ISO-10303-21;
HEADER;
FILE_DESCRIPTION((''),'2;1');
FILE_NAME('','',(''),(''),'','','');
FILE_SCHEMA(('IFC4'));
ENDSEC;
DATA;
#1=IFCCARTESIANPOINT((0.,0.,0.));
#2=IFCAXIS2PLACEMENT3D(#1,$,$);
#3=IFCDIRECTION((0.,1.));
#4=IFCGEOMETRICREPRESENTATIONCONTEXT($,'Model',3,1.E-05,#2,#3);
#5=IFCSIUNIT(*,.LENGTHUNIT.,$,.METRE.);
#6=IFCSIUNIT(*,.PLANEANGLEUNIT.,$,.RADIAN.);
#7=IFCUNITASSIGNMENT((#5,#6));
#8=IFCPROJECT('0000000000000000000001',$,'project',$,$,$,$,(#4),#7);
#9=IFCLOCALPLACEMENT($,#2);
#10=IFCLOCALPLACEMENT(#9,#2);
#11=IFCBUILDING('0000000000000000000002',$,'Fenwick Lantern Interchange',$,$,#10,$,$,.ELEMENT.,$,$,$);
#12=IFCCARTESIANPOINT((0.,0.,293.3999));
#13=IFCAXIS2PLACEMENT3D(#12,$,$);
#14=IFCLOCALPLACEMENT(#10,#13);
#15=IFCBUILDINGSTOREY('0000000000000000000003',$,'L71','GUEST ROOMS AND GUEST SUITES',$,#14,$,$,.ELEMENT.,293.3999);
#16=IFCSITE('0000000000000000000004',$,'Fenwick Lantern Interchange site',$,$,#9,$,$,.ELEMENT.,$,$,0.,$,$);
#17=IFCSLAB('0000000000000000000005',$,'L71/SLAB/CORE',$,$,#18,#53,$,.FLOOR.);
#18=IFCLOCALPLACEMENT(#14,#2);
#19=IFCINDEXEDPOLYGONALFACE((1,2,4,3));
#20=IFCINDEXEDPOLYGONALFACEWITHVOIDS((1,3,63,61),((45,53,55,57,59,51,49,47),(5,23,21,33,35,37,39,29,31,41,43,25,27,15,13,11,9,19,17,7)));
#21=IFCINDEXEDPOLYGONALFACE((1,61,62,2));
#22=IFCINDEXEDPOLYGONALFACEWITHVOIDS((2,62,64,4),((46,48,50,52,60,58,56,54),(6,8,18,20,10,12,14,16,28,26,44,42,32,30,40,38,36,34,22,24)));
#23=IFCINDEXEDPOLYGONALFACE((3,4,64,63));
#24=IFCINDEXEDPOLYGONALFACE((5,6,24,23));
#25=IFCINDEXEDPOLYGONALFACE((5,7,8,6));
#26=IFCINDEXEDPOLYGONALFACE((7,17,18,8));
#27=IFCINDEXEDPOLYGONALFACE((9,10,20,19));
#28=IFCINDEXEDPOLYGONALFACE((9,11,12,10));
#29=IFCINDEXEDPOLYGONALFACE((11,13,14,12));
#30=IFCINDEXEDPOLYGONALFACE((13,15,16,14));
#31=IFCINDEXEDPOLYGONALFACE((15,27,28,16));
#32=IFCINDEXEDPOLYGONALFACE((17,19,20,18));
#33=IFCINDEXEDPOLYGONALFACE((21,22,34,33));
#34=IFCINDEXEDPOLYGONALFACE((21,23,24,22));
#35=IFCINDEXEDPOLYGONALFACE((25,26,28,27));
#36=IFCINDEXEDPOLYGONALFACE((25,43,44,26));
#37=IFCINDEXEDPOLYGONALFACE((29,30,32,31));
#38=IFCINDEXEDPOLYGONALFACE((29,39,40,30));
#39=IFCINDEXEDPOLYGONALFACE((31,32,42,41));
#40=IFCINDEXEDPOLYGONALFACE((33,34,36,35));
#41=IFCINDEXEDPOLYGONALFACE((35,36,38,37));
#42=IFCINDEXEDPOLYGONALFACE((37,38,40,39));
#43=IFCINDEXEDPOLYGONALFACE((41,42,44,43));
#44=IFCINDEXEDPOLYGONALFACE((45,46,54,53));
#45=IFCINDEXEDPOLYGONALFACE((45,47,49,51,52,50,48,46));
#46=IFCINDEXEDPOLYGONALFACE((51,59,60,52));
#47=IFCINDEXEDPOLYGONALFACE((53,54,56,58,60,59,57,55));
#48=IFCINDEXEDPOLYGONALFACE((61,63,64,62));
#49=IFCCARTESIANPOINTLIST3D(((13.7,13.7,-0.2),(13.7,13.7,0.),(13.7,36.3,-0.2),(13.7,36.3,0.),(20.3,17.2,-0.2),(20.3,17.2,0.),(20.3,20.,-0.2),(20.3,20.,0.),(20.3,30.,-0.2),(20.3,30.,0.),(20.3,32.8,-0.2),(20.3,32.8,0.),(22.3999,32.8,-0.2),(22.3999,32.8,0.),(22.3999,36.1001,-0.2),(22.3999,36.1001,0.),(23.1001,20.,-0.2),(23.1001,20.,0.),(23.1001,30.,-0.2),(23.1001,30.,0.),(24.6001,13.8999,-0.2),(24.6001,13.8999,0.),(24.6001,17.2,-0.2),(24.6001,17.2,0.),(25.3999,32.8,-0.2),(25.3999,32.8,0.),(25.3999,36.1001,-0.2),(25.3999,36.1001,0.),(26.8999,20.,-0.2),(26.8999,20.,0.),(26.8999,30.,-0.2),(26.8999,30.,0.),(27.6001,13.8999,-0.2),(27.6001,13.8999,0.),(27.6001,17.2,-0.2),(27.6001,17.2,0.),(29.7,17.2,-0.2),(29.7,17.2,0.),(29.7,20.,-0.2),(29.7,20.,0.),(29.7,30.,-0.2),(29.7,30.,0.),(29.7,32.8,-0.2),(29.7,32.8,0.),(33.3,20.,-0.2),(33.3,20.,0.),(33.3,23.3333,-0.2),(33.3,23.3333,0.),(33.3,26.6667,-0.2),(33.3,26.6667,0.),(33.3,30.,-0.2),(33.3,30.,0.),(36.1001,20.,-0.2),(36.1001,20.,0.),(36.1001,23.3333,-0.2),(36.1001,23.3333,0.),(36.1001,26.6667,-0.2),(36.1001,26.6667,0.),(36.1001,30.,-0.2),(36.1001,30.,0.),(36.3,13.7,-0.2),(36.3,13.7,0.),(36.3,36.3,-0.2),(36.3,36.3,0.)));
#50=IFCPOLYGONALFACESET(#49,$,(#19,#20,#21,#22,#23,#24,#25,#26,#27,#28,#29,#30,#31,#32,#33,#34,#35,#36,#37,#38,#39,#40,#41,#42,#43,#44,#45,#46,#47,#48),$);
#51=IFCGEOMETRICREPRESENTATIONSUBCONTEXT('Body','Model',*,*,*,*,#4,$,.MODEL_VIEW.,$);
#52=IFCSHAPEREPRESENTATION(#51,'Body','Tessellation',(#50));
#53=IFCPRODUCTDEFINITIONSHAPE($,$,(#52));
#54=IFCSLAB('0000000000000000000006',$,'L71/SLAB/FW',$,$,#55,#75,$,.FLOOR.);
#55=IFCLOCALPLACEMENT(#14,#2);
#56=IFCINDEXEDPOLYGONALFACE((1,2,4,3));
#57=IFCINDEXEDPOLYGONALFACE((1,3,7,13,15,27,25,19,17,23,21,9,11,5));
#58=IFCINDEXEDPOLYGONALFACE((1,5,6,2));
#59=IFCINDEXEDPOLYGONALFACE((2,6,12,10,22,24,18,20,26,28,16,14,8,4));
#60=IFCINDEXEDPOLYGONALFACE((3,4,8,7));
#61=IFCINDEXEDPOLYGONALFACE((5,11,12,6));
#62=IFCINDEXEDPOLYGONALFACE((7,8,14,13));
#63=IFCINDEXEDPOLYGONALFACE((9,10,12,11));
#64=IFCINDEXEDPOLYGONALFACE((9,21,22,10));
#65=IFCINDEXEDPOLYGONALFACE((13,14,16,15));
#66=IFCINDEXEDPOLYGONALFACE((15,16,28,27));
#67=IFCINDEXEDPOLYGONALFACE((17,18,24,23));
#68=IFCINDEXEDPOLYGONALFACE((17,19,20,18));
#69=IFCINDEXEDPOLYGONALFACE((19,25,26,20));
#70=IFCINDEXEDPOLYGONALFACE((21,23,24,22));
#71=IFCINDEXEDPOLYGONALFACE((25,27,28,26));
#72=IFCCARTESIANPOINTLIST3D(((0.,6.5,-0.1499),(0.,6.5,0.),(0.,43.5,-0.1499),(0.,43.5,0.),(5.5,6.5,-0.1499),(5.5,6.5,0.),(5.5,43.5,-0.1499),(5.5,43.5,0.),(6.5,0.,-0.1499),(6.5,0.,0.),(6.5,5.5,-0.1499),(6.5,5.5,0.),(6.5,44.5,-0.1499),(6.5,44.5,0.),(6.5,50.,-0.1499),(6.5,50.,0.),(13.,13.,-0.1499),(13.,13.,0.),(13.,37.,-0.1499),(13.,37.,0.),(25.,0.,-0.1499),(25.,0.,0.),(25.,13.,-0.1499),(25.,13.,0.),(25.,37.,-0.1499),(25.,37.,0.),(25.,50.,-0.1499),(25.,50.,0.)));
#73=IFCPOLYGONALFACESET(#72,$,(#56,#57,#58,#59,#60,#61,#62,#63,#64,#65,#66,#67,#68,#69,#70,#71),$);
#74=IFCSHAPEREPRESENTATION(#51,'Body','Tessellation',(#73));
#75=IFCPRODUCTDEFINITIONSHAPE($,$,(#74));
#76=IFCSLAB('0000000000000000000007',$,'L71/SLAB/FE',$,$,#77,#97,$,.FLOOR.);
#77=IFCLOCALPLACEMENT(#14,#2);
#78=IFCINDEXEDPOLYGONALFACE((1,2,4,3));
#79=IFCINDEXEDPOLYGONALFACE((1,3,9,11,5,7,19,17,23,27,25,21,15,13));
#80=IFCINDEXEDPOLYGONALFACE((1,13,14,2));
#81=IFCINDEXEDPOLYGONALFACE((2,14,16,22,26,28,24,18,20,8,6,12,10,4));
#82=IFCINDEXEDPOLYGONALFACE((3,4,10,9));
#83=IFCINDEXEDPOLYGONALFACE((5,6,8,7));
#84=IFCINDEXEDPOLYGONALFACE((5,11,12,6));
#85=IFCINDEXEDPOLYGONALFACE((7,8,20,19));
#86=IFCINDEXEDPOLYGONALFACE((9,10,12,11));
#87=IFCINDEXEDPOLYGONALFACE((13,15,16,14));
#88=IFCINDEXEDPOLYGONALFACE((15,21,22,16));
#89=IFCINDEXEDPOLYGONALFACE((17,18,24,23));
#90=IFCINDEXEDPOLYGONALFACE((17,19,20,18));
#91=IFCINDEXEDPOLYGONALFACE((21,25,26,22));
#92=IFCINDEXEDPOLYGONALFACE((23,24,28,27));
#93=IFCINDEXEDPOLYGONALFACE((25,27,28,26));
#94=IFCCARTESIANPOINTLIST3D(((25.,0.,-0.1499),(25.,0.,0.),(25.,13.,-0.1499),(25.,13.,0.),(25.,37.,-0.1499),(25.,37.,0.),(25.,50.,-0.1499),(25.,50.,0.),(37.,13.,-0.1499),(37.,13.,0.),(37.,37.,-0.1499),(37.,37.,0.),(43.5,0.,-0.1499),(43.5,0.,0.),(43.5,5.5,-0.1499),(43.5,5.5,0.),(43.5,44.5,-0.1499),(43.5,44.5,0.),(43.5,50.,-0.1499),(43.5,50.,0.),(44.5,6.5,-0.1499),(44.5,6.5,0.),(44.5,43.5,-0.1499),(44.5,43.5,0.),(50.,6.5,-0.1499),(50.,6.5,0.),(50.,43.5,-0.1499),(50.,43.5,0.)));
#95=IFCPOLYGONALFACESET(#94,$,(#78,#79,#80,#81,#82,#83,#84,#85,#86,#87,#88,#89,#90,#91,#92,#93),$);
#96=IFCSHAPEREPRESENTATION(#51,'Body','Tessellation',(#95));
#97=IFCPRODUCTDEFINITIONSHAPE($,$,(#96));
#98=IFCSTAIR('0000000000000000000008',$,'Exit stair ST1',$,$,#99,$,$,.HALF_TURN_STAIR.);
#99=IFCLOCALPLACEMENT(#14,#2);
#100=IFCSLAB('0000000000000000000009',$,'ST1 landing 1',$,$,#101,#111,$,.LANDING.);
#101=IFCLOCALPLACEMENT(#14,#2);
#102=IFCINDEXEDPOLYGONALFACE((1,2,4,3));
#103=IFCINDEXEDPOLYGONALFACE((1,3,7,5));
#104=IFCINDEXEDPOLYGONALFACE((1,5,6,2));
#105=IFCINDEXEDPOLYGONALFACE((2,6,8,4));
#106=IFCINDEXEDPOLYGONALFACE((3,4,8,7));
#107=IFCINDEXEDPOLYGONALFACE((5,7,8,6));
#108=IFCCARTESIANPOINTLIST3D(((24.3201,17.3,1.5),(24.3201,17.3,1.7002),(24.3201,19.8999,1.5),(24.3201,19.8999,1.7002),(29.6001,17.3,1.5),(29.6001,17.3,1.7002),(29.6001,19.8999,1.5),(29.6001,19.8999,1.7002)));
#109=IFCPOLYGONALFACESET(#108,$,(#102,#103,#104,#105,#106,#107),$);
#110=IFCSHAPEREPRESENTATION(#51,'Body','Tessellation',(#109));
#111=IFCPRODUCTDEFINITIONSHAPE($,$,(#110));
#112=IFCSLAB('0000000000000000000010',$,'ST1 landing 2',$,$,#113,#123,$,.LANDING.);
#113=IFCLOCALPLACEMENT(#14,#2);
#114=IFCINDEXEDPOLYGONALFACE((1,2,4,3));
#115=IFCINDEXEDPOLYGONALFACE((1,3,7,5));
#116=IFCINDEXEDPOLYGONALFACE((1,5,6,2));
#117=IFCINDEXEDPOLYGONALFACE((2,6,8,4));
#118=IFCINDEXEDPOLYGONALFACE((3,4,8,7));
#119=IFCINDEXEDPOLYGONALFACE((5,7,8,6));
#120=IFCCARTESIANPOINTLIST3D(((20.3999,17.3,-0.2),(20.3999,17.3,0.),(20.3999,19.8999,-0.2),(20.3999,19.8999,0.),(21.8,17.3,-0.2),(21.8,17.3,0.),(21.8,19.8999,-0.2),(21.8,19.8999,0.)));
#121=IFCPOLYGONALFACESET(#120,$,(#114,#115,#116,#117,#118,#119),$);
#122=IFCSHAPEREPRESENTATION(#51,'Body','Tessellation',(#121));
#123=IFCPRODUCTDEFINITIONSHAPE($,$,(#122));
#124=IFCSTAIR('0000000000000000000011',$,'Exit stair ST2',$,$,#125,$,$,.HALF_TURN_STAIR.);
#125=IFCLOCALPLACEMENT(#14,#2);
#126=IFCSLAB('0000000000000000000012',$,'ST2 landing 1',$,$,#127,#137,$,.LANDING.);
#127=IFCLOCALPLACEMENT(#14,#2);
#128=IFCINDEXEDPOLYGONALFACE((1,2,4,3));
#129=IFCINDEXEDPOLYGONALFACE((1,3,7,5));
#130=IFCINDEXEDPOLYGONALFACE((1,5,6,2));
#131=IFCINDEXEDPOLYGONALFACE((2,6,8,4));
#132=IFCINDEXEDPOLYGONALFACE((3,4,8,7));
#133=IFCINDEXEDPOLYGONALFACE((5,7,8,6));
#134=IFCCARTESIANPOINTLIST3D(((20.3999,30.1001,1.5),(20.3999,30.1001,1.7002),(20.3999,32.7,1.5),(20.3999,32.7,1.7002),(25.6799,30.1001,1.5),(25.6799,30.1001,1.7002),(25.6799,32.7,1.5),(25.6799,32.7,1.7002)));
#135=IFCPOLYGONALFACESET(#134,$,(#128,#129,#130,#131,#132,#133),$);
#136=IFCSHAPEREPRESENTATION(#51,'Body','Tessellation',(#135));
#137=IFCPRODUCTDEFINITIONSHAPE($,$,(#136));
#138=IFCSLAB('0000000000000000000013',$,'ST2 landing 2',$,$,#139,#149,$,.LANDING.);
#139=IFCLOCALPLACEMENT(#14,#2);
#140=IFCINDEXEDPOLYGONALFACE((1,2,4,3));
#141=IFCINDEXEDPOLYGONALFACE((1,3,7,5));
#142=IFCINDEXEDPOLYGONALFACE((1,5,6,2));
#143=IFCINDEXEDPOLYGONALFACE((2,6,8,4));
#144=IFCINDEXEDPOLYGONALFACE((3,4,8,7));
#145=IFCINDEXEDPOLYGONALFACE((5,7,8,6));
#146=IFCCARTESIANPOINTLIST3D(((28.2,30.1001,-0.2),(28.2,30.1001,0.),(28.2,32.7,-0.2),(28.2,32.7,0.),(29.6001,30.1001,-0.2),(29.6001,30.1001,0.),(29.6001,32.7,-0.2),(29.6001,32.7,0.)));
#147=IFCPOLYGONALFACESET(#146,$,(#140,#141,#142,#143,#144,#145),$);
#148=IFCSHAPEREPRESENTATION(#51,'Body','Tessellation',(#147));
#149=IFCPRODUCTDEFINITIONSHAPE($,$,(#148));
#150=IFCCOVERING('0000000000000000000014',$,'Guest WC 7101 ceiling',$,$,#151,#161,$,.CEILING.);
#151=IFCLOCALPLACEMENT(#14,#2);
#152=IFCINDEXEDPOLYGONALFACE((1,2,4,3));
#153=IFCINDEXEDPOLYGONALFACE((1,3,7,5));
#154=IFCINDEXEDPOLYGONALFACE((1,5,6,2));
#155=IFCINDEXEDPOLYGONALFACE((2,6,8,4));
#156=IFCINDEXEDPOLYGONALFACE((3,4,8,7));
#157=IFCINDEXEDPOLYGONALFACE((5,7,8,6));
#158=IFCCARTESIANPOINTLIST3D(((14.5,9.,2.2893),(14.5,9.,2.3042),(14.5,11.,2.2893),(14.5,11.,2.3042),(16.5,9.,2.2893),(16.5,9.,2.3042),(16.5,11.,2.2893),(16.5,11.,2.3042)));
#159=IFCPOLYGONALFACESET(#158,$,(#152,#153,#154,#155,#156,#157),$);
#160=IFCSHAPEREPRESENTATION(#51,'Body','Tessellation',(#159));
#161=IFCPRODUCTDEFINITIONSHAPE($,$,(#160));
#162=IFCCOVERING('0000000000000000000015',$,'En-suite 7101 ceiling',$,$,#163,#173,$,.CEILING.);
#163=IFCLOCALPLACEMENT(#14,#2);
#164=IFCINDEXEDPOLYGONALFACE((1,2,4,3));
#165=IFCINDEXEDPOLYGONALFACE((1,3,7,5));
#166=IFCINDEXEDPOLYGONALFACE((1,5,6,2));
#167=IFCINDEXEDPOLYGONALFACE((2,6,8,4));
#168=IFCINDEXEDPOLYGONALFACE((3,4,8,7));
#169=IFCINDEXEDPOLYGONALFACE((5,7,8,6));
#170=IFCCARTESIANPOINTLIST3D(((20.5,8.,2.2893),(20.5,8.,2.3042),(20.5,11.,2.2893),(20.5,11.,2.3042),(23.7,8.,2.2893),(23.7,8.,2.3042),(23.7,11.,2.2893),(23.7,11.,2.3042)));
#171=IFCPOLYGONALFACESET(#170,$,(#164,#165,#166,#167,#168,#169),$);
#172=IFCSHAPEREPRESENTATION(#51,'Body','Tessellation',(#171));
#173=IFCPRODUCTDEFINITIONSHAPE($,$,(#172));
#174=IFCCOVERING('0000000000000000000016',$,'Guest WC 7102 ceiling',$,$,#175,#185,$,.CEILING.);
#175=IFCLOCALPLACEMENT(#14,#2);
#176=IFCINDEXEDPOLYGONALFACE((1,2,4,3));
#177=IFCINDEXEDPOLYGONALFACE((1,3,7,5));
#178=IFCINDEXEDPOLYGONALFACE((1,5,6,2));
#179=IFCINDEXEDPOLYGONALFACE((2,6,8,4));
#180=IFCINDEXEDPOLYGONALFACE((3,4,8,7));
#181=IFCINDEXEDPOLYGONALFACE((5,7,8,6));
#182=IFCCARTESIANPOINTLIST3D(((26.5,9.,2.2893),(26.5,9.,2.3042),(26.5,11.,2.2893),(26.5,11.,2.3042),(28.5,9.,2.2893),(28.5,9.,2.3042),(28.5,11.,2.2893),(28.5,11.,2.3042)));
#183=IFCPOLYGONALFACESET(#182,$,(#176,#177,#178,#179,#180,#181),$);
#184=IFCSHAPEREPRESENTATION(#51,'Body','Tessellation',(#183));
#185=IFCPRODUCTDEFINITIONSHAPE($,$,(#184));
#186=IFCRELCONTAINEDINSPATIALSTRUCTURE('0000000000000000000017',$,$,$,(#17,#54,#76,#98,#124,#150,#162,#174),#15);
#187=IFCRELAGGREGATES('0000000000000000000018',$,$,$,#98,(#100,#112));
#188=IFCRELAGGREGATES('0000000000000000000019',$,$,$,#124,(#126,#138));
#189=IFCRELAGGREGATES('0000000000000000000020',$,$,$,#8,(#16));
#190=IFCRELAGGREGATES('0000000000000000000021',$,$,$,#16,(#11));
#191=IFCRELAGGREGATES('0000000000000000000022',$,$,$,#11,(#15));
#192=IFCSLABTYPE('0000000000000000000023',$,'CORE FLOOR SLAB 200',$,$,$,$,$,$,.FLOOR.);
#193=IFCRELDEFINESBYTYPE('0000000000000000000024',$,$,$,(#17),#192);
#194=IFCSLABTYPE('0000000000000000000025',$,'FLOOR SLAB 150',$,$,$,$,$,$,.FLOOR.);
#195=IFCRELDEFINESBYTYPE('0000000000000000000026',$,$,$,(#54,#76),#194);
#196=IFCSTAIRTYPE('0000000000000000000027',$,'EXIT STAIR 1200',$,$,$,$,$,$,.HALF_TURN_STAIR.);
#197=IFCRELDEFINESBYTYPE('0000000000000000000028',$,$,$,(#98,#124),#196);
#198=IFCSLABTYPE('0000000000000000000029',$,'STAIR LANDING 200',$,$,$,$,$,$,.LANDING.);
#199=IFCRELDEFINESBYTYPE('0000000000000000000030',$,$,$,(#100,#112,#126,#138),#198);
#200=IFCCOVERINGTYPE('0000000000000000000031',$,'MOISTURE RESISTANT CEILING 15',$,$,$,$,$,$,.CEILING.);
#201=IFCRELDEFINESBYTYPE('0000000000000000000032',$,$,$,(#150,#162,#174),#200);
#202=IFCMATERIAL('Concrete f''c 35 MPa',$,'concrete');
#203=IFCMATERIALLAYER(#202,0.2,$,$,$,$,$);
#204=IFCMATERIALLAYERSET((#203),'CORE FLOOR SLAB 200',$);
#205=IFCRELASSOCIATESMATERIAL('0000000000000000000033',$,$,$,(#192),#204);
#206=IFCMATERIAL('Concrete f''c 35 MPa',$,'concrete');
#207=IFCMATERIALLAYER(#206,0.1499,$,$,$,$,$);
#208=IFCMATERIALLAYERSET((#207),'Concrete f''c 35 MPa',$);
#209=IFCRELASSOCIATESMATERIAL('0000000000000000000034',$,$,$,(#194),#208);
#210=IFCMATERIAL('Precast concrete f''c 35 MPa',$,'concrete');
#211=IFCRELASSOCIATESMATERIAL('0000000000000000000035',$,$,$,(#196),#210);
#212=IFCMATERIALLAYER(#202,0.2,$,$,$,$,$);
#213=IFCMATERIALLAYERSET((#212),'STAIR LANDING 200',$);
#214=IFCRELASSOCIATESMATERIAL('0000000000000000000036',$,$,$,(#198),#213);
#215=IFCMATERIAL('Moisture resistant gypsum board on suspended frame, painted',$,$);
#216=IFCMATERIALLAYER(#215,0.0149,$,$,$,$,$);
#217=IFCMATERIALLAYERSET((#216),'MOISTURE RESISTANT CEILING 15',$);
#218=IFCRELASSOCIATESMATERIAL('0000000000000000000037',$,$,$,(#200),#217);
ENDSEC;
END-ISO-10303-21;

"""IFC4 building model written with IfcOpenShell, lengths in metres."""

from ifc_helpers import new_model, si_unit, direction, frame, origin, place, context, subcontext, project, spatial, polyline, outline, extrude, material, layer, layer_set, type_object, element, aggregate, save


model = new_model("IFC4")

# Units and contexts
model_context = context("Model", 3, precision=1e-05, world=origin(), true_north=direction((0.0, 1.0)))
body_context = subcontext(model_context, "Body", "Model", "MODEL_VIEW")
ifc_project = project(units=[si_unit("LENGTHUNIT", "METRE"), si_unit("PLANEANGLEUNIT", "RADIAN")], contexts=[model_context])

# Site, building, storey
site_placement = place(None, origin())
site = spatial("IfcSite", under=ifc_project, at=site_placement, Name="Fenwick Lantern Interchange site", CompositionType="ELEMENT", RefElevation=0.0)
building_placement = place(site_placement, origin())
building = spatial("IfcBuilding", under=site, at=building_placement, Name="Fenwick Lantern Interchange", CompositionType="ELEMENT")
storey_placement = place(building_placement, frame((0.0, 0.0, 293.3999)))
storey = spatial("IfcBuildingStorey", under=building, at=storey_placement, Name="L71", Description="GUEST ROOMS AND GUEST SUITES", CompositionType="ELEMENT", Elevation=293.3999)

# Slabs
ifc_material_1 = material(Name="Concrete f'c 35 MPa", Category="concrete")
ifc_layer_1 = layer(ifc_material_1, 0.2)
ifc_layer_set_1 = layer_set([ifc_layer_1], Name="CORE FLOOR SLAB 200")
slab_type_1 = type_object("IfcSlabType", Name="CORE FLOOR SLAB 200", PredefinedType="FLOOR", material=ifc_layer_set_1)
slab_1_placement = place(storey_placement, frame((0.0, 0.0, -0.2)))
element("IfcSlab", 1, at=slab_1_placement, inside=storey, type_object=slab_type_1, Name="L71/SLAB/CORE", PredefinedType="FLOOR", context=body_context, shape_type="SweptSolid", body=[
    extrude(outline(polyline([(13.7, 36.3), (36.3, 36.3), (36.3, 13.7), (13.7, 13.7), (13.7, 36.3)]), holes=[polyline([(24.6001, 13.8999), (27.6001, 13.8999), (27.6001, 17.2), (29.7, 17.2), (29.7, 20.0), (26.8999, 20.0), (26.8999, 30.0), (29.7, 30.0), (29.7, 32.8), (25.3999, 32.8), (25.3999, 36.1001), (22.3999, 36.1001), (22.3999, 32.8), (20.3, 32.8), (20.3, 30.0), (23.1001, 30.0), (23.1001, 20.0), (20.3, 20.0), (20.3, 17.2), (24.6001, 17.2), (24.6001, 13.8999)]), polyline([(33.3, 20.0), (36.1001, 20.0), (36.1001, 23.3333), (36.1001, 26.6667), (36.1001, 30.0), (33.3, 30.0), (33.3, 26.6667), (33.3, 23.3333), (33.3, 20.0)])]), origin(), (0.0, 0.0, 1.0), 0.2),
])
ifc_material_2 = material(Name="Concrete f'c 35 MPa", Category="concrete")
ifc_layer_2 = layer(ifc_material_2, 0.1499)
ifc_layer_set_2 = layer_set([ifc_layer_2], Name="Concrete f'c 35 MPa")
slab_type_2 = type_object("IfcSlabType", Name="FLOOR SLAB 150", PredefinedType="FLOOR", material=ifc_layer_set_2)
slab_2_placement = place(storey_placement, frame((0.0, 0.0, -0.1499)))
element("IfcSlab", 2, at=slab_2_placement, inside=storey, type_object=slab_type_2, Name="L71/SLAB/FW", PredefinedType="FLOOR", context=body_context, shape_type="SweptSolid", body=[
    extrude(outline(polyline([(6.5, 0.0), (6.5, 5.5), (5.5, 6.5), (0.0, 6.5), (0.0, 43.5), (5.5, 43.5), (6.5, 44.5), (6.5, 50.0), (25.0, 50.0), (25.0, 37.0), (13.0, 37.0), (13.0, 13.0), (25.0, 13.0), (25.0, 0.0), (6.5, 0.0)])), origin(), (0.0, 0.0, 1.0), 0.1499),
])
slab_3_placement = place(storey_placement, frame((0.0, 0.0, -0.1499)))
element("IfcSlab", 3, at=slab_3_placement, inside=storey, type_object=slab_type_2, Name="L71/SLAB/FE", PredefinedType="FLOOR", context=body_context, shape_type="SweptSolid", body=[
    extrude(outline(polyline([(43.5, 50.0), (43.5, 44.5), (44.5, 43.5), (50.0, 43.5), (50.0, 6.5), (44.5, 6.5), (43.5, 5.5), (43.5, 0.0), (25.0, 0.0), (25.0, 13.0), (37.0, 13.0), (37.0, 37.0), (25.0, 37.0), (25.0, 50.0), (43.5, 50.0)])), origin(), (0.0, 0.0, 1.0), 0.1499),
])

# Stairs, slabs
ifc_material_3 = material(Name="Precast concrete f'c 35 MPa", Category="concrete")
stair_type = type_object("IfcStairType", Name="EXIT STAIR 1200", PredefinedType="HALF_TURN_STAIR", material=ifc_material_3)
stair_1_placement = place(storey_placement, origin())
stair_1 = element("IfcStair", 4, at=stair_1_placement, inside=storey, type_object=stair_type, Name="Exit stair ST1", PredefinedType="HALF_TURN_STAIR")
ifc_layer_3 = layer(ifc_material_1, 0.2)
ifc_layer_set_3 = layer_set([ifc_layer_3], Name="STAIR LANDING 200")
slab_type_3 = type_object("IfcSlabType", Name="STAIR LANDING 200", PredefinedType="LANDING", material=ifc_layer_set_3)
slab_4_placement = place(storey_placement, frame((0.0, 0.0, 1.5)))
slab_4 = element("IfcSlab", 5, at=slab_4_placement, type_object=slab_type_3, Name="ST1 landing 1", PredefinedType="LANDING", context=body_context, shape_type="SweptSolid", body=[
    extrude(outline(polyline([(24.3201, 17.3), (29.6001, 17.3), (29.6001, 19.8999), (24.3201, 19.8999), (24.3201, 17.3)])), origin(), (0.0, 0.0, 1.0), 0.2002),
])
slab_5_placement = place(storey_placement, frame((0.0, 0.0, -0.2)))
slab_5 = element("IfcSlab", 6, at=slab_5_placement, type_object=slab_type_3, Name="ST1 landing 2", PredefinedType="LANDING", context=body_context, shape_type="SweptSolid", body=[
    extrude(outline(polyline([(20.3999, 17.3), (21.8, 17.3), (21.8, 19.8999), (20.3999, 19.8999), (20.3999, 17.3)])), origin(), (0.0, 0.0, 1.0), 0.2),
])
aggregate(stair_1, [slab_4, slab_5])
stair_2_placement = place(storey_placement, origin())
stair_2 = element("IfcStair", 7, at=stair_2_placement, inside=storey, type_object=stair_type, Name="Exit stair ST2", PredefinedType="HALF_TURN_STAIR")
slab_6_placement = place(storey_placement, frame((0.0, 0.0, 1.5)))
slab_6 = element("IfcSlab", 8, at=slab_6_placement, type_object=slab_type_3, Name="ST2 landing 1", PredefinedType="LANDING", context=body_context, shape_type="SweptSolid", body=[
    extrude(outline(polyline([(25.6799, 32.7), (20.3999, 32.7), (20.3999, 30.1001), (25.6799, 30.1001), (25.6799, 32.7)])), origin(), (0.0, 0.0, 1.0), 0.2002),
])
slab_7_placement = place(storey_placement, frame((0.0, 0.0, -0.2)))
slab_7 = element("IfcSlab", 9, at=slab_7_placement, type_object=slab_type_3, Name="ST2 landing 2", PredefinedType="LANDING", context=body_context, shape_type="SweptSolid", body=[
    extrude(outline(polyline([(29.6001, 32.7), (28.2, 32.7), (28.2, 30.1001), (29.6001, 30.1001), (29.6001, 32.7)])), origin(), (0.0, 0.0, 1.0), 0.2),
])
aggregate(stair_2, [slab_6, slab_7])

# Coverings
ifc_material_4 = material(Name="Moisture resistant gypsum board on suspended frame, painted")
ifc_layer_4 = layer(ifc_material_4, 0.0149)
ifc_layer_set_4 = layer_set([ifc_layer_4], Name="MOISTURE RESISTANT CEILING 15")
covering_type_1 = type_object("IfcCoveringType", Name="MOISTURE RESISTANT CEILING 15", PredefinedType="CEILING", material=ifc_layer_set_4)
covering_1_placement = place(storey_placement, frame((0.0, 0.0, 2.2893)))
element("IfcCovering", 10, at=covering_1_placement, inside=storey, type_object=covering_type_1, Name="Guest WC 7101 ceiling", PredefinedType="CEILING", context=body_context, shape_type="SweptSolid", body=[
    extrude(outline(polyline([(14.5, 9.0), (16.5, 9.0), (16.5, 11.0), (14.5, 11.0), (14.5, 9.0)])), origin(), (0.0, 0.0, 1.0), 0.0149),
])
covering_2_placement = place(storey_placement, frame((0.0, 0.0, 2.2893)))
element("IfcCovering", 11, at=covering_2_placement, inside=storey, type_object=covering_type_1, Name="En-suite 7101 ceiling", PredefinedType="CEILING", context=body_context, shape_type="SweptSolid", body=[
    extrude(outline(polyline([(20.5, 8.0), (23.7, 8.0), (23.7, 11.0), (20.5, 11.0), (20.5, 8.0)])), origin(), (0.0, 0.0, 1.0), 0.0149),
])
covering_3_placement = place(storey_placement, frame((0.0, 0.0, 2.2893)))
element("IfcCovering", 12, at=covering_3_placement, inside=storey, type_object=covering_type_1, Name="Guest WC 7102 ceiling", PredefinedType="CEILING", context=body_context, shape_type="SweptSolid", body=[
    extrude(outline(polyline([(26.5, 9.0), (28.5, 9.0), (28.5, 11.0), (26.5, 11.0), (26.5, 9.0)])), origin(), (0.0, 0.0, 1.0), 0.0149),
])

save(model, "model.ifc")
